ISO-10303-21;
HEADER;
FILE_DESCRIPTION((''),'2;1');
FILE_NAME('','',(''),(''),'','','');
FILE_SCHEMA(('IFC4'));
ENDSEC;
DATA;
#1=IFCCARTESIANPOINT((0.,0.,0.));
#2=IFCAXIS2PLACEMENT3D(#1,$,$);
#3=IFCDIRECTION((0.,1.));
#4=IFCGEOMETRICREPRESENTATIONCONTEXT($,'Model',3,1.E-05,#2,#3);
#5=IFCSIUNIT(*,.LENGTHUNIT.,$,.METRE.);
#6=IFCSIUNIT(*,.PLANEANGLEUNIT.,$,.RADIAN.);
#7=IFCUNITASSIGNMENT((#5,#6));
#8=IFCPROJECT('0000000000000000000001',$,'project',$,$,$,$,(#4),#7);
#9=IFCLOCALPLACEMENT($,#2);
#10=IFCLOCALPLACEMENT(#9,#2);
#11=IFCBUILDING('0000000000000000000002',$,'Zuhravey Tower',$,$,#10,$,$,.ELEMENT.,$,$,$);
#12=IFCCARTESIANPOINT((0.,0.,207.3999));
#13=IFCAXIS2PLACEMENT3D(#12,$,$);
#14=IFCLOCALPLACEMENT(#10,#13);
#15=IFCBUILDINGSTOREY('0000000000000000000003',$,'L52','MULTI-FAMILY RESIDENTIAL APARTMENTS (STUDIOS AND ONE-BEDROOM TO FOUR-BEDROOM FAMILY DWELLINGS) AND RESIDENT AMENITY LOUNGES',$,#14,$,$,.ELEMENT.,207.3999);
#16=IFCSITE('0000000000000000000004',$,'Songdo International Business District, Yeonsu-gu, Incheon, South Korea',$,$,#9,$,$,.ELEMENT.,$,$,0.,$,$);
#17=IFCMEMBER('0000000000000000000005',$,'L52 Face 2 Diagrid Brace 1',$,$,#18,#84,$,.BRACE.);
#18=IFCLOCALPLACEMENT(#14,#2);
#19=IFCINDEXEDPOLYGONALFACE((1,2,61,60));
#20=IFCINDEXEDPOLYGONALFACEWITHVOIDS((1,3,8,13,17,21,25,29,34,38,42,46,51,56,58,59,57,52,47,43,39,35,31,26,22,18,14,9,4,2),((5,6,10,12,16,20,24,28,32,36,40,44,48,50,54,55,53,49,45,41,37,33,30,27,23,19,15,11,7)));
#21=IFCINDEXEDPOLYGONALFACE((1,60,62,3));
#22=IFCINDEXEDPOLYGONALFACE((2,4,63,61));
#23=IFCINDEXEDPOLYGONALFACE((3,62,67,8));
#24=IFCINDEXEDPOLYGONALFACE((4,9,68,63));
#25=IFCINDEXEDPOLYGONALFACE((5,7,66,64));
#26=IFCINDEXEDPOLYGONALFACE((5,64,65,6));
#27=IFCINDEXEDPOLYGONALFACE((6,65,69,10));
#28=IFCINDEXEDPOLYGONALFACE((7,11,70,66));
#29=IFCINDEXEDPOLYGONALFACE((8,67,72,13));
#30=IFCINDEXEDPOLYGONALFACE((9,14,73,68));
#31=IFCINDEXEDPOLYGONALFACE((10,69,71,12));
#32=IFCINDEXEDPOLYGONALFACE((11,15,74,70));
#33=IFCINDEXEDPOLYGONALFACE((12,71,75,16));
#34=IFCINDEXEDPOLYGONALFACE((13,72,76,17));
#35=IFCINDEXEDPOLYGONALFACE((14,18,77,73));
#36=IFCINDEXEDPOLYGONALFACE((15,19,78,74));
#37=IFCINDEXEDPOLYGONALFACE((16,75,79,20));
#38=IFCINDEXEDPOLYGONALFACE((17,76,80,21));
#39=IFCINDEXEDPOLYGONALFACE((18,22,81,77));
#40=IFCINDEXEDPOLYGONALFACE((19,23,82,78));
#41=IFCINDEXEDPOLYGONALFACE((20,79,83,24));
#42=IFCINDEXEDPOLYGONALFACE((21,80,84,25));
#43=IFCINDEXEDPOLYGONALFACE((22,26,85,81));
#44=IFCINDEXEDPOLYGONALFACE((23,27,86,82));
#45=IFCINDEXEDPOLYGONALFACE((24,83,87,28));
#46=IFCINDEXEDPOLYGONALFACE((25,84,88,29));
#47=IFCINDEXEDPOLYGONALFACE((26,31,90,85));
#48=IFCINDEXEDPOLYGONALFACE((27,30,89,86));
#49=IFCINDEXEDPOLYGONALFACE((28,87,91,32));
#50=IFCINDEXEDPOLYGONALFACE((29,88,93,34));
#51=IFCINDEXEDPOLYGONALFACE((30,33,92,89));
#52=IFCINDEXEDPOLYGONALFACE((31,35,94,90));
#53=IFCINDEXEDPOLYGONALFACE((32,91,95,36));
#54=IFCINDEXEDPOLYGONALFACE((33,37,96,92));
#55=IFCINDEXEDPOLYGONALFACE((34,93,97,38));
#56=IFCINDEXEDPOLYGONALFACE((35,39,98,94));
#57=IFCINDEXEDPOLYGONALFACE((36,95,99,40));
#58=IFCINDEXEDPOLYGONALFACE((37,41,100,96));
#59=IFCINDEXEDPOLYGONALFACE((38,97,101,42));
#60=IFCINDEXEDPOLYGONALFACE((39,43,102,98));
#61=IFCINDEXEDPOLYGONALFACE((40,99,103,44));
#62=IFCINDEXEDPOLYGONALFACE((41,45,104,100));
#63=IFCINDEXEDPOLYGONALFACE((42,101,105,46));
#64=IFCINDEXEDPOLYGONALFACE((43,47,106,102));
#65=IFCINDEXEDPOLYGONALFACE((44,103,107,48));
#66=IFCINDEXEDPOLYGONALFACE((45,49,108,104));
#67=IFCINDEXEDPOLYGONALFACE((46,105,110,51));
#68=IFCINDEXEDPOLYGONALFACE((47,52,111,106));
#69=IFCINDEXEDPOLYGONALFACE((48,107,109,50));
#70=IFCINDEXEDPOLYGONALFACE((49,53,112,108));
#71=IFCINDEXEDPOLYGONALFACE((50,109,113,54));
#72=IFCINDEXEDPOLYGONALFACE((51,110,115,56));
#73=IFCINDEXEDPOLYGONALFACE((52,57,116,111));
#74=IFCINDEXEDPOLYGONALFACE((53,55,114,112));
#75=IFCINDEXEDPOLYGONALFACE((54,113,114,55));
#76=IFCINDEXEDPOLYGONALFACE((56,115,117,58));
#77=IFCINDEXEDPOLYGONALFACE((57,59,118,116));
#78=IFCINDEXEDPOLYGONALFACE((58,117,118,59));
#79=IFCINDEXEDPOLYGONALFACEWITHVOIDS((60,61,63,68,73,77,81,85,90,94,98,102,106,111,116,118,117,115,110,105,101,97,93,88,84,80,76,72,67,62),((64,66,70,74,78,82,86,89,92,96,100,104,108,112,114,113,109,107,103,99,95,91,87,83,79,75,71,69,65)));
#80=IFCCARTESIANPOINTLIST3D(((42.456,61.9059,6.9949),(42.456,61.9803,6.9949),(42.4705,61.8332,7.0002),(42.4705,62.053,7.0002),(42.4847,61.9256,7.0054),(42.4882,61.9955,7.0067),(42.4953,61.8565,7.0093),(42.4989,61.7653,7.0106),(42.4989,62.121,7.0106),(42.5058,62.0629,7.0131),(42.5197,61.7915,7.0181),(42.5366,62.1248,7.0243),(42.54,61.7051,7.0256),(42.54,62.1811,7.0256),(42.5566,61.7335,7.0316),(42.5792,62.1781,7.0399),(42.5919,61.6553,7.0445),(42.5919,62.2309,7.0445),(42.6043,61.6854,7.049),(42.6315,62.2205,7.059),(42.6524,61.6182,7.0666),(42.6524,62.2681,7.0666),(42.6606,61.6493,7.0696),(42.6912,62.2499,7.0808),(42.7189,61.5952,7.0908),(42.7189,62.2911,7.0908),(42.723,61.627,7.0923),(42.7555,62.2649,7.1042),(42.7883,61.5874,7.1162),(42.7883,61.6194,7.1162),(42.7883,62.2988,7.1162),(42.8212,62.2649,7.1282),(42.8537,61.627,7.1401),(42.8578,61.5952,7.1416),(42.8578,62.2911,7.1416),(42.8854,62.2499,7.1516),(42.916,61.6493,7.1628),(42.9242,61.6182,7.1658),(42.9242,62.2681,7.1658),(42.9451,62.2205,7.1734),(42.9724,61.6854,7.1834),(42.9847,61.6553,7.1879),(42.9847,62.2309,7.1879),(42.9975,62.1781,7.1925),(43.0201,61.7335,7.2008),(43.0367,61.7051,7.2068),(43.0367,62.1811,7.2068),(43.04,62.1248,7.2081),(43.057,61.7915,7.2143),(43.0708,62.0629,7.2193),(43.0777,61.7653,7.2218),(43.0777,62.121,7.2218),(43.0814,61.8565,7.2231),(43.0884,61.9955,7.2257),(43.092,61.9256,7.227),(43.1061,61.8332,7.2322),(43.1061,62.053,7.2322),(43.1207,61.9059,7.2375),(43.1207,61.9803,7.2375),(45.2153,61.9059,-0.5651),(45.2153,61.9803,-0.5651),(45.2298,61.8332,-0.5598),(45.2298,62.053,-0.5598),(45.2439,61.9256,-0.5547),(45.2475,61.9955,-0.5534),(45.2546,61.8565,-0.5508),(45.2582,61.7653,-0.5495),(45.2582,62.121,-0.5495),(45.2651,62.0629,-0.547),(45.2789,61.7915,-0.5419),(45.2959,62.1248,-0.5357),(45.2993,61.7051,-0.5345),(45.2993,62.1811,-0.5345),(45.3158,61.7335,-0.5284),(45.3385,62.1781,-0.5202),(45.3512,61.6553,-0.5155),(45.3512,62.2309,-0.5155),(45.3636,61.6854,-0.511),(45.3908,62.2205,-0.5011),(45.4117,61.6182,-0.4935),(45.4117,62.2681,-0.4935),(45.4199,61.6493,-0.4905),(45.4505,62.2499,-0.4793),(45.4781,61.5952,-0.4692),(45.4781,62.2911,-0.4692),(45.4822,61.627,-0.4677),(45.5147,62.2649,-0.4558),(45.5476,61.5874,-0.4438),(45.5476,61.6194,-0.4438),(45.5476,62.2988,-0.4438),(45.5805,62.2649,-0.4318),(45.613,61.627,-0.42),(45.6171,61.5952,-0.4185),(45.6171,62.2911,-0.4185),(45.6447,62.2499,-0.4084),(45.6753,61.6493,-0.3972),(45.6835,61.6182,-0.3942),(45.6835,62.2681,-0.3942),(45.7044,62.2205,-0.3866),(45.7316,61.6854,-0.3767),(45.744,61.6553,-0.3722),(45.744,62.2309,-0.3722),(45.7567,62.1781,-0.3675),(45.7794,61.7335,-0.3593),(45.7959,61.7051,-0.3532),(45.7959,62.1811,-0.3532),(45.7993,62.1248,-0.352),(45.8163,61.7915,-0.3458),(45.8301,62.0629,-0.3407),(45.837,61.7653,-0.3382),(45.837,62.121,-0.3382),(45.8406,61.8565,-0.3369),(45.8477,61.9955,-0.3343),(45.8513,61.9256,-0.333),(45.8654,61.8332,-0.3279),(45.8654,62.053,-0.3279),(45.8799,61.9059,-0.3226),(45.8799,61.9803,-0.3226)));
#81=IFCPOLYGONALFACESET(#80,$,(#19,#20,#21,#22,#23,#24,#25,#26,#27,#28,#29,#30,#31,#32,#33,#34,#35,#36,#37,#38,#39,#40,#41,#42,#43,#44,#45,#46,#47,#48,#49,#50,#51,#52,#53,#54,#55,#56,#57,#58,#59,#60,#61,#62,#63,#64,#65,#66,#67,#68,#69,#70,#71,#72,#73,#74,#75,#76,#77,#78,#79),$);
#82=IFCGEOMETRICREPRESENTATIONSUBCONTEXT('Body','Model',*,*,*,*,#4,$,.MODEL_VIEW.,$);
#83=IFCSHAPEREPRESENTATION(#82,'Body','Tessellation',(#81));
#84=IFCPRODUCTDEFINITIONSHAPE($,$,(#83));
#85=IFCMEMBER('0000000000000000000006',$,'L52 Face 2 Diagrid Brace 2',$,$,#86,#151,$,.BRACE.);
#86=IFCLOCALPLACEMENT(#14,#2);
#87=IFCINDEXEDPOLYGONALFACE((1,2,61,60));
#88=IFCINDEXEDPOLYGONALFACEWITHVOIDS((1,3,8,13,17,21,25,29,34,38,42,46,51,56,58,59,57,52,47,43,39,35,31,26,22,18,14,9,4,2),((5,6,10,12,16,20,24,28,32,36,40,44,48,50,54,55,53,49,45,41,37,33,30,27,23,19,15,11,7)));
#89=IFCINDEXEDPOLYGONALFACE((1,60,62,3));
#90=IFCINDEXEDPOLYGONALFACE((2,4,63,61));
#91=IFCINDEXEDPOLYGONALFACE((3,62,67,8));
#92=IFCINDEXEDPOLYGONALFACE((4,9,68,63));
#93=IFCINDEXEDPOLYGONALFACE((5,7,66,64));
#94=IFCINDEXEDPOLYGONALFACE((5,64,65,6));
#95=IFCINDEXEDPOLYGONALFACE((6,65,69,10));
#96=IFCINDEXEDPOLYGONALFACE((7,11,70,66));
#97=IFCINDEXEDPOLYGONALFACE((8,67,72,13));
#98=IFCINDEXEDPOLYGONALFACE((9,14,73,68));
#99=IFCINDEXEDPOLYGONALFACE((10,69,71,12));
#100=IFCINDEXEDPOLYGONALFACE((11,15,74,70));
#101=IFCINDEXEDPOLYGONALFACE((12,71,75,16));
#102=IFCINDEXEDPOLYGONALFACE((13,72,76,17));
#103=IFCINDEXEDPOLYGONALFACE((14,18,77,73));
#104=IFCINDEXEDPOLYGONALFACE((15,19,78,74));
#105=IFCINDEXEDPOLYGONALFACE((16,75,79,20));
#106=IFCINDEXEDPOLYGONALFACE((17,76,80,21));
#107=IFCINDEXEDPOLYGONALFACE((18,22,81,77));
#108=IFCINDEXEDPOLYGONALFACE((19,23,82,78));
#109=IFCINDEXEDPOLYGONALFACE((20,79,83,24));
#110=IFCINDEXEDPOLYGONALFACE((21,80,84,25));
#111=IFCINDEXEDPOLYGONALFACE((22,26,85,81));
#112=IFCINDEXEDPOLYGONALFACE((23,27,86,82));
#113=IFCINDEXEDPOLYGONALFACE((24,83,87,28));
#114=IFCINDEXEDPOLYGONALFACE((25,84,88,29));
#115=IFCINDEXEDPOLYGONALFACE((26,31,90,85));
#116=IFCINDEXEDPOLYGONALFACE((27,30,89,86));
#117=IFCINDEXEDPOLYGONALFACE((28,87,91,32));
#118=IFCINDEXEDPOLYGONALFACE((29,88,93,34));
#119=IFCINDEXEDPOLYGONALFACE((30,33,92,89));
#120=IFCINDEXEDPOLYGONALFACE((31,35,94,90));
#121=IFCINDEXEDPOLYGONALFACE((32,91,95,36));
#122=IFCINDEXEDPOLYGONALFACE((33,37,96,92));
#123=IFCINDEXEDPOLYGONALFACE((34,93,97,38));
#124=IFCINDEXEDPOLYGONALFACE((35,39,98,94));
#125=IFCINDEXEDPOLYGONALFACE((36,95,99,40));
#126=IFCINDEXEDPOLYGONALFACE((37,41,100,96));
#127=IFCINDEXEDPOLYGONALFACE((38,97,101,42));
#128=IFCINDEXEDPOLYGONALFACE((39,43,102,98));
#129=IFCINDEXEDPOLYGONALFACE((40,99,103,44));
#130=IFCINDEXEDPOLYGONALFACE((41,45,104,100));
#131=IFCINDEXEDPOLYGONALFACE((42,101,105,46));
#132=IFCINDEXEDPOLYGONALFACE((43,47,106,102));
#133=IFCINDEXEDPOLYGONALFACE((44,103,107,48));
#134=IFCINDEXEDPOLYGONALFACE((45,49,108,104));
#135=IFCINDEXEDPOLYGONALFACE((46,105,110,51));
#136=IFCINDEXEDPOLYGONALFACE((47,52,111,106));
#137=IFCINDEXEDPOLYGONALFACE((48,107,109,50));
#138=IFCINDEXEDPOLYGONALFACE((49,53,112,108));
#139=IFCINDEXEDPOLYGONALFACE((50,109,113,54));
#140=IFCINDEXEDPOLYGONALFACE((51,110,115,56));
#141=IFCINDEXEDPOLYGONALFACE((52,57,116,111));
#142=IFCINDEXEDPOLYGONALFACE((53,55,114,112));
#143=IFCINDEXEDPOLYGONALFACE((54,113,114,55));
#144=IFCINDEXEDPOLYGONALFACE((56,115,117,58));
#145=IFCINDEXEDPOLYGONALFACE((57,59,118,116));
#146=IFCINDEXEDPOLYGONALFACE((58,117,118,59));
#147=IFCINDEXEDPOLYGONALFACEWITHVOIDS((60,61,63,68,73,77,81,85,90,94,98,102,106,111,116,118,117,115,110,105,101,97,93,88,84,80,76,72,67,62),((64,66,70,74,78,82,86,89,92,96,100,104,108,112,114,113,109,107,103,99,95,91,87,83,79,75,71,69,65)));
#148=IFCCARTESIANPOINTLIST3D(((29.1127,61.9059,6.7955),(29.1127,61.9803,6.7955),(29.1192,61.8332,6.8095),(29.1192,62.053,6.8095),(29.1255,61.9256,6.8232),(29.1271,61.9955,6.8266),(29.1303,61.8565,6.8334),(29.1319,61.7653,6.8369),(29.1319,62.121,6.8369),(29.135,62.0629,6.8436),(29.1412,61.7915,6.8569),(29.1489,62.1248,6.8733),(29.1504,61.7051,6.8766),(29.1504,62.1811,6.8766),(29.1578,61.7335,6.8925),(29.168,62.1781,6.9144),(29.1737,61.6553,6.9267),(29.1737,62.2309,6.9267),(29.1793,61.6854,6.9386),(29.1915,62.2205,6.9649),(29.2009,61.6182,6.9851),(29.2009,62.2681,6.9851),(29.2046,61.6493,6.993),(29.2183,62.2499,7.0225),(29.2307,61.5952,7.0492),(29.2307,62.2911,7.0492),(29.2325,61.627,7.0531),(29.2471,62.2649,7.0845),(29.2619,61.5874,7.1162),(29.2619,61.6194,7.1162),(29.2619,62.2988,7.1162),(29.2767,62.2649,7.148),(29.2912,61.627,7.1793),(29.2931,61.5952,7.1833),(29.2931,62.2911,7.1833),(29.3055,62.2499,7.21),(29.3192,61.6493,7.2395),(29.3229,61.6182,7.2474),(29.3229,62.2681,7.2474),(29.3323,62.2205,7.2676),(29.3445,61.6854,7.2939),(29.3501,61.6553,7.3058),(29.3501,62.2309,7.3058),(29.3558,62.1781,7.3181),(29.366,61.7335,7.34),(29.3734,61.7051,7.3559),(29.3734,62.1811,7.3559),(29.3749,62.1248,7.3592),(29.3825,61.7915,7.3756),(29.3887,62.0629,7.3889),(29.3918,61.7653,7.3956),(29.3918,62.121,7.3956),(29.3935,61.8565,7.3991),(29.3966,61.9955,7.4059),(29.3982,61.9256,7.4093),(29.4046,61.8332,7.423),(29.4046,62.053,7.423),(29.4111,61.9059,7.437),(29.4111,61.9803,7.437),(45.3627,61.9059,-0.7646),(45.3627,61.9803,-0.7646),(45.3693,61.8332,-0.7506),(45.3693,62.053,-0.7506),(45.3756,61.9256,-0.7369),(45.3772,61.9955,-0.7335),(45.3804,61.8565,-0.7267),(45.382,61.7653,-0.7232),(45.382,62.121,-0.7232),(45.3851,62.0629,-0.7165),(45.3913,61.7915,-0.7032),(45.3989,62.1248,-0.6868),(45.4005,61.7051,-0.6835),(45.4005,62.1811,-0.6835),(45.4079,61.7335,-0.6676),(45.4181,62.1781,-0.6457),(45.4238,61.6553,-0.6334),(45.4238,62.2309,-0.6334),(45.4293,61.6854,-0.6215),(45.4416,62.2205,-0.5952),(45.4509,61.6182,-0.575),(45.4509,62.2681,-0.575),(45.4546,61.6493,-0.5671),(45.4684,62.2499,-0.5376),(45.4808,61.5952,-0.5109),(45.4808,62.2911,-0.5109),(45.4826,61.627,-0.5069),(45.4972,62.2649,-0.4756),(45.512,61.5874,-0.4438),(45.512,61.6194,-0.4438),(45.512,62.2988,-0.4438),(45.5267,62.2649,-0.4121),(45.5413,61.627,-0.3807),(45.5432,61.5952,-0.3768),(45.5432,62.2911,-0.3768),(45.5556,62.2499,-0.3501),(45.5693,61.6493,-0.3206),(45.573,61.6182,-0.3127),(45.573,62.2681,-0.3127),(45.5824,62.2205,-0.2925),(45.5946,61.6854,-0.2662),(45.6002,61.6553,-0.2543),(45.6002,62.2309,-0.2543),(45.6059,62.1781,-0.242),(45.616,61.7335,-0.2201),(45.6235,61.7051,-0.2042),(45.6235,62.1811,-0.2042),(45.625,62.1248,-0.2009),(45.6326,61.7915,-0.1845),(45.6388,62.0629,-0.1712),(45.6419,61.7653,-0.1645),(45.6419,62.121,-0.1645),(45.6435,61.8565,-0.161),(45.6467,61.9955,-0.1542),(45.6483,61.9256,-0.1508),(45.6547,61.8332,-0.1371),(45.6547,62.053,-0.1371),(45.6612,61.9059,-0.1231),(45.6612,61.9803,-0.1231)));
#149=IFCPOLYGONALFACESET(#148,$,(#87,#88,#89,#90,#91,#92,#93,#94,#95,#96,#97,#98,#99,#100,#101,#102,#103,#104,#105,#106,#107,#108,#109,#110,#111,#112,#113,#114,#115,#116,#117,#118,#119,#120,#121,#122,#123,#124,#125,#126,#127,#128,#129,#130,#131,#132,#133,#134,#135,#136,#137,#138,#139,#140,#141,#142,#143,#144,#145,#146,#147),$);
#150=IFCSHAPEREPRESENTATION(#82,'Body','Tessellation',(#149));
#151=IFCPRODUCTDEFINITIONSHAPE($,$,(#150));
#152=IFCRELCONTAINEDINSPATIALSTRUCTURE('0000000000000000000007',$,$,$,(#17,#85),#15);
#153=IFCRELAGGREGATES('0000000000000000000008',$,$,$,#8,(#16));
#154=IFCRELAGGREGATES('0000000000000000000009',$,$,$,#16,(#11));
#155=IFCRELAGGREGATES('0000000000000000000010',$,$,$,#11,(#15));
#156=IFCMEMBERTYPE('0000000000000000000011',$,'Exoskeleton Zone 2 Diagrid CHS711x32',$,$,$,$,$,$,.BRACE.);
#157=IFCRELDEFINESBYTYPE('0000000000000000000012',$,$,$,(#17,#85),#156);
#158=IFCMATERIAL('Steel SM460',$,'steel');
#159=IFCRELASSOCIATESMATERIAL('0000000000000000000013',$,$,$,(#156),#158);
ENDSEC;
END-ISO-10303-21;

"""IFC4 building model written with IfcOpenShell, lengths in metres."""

from ifc_helpers import new_model, si_unit, direction, frame, origin, origin_2d, place, context, subcontext, project, spatial, hollow_circle, extrude, material, material_profile, profile_set, type_object, element, save


model = new_model("IFC4")

# Units and contexts
model_context = context("Model", 3, precision=1e-05, world=origin(), true_north=direction((0.0, 1.0)))
body_context = subcontext(model_context, "Body", "Model", "MODEL_VIEW")
ifc_project = project(units=[si_unit("LENGTHUNIT", "METRE"), si_unit("PLANEANGLEUNIT", "RADIAN")], contexts=[model_context])

# Site, building, storey
site_placement = place(None, origin())
site = spatial("IfcSite", under=ifc_project, at=site_placement, Name="Songdo International Business District, Yeonsu-gu, Incheon, South Korea", CompositionType="ELEMENT", RefElevation=0.0)
building_placement = place(site_placement, origin())
building = spatial("IfcBuilding", under=site, at=building_placement, Name="Zuhravey Tower", CompositionType="ELEMENT")
storey_placement = place(building_placement, frame((0.0, 0.0, 207.3999)))
storey = spatial("IfcBuildingStorey", under=building, at=storey_placement, Name="L52", Description="MULTI-FAMILY RESIDENTIAL APARTMENTS (STUDIOS AND ONE-BEDROOM TO FOUR-BEDROOM FAMILY DWELLINGS) AND RESIDENT AMENITY LOUNGES", CompositionType="ELEMENT", Elevation=207.3999)

# Members
ifc_material_1 = material(Name="Steel SM460", Category="steel")
ifc_material_profile_1 = material_profile(ifc_material_1, hollow_circle(Radius=0.3557, WallThickness=0.032, at=origin_2d()), Name="CHS-711.2x32")
ifc_profile_set_1 = profile_set([ifc_material_profile_1], Name="Steel SM460")
member_type_1 = type_object("IfcMemberType", Name="Exoskeleton Zone 2 Diagrid CHS711x32", PredefinedType="BRACE", material=ifc_profile_set_1)
member_1_placement = place(storey_placement, frame((45.5476, 61.9431, -0.4438), z_axis=(-0.342858, 0.0, 0.939387), x_axis=(0.0, -1.0, 0.0)))
element("IfcMember", 1, at=member_1_placement, inside=storey, type_object=member_type_1, Name="L52 Face 2 Diagrid Brace 1", PredefinedType="BRACE", context=body_context, shape_type="SweptSolid", body=[
    extrude(hollow_circle(Radius=0.3557, WallThickness=0.032, at=origin_2d()), origin(), (0.0, 0.0, 1.0), 8.0479),
])
member_2_placement = place(storey_placement, frame((45.512, 61.9431, -0.4438), z_axis=(-0.90668, 0.0, 0.421819), x_axis=(0.0, -1.0, 0.0)))
element("IfcMember", 2, at=member_2_placement, inside=storey, type_object=member_type_1, Name="L52 Face 2 Diagrid Brace 2", PredefinedType="BRACE", context=body_context, shape_type="SweptSolid", body=[
    extrude(hollow_circle(Radius=0.3557, WallThickness=0.032, at=origin_2d()), origin(), (0.0, 0.0, 1.0), 17.9226),
])

save(model, "model.ifc")
